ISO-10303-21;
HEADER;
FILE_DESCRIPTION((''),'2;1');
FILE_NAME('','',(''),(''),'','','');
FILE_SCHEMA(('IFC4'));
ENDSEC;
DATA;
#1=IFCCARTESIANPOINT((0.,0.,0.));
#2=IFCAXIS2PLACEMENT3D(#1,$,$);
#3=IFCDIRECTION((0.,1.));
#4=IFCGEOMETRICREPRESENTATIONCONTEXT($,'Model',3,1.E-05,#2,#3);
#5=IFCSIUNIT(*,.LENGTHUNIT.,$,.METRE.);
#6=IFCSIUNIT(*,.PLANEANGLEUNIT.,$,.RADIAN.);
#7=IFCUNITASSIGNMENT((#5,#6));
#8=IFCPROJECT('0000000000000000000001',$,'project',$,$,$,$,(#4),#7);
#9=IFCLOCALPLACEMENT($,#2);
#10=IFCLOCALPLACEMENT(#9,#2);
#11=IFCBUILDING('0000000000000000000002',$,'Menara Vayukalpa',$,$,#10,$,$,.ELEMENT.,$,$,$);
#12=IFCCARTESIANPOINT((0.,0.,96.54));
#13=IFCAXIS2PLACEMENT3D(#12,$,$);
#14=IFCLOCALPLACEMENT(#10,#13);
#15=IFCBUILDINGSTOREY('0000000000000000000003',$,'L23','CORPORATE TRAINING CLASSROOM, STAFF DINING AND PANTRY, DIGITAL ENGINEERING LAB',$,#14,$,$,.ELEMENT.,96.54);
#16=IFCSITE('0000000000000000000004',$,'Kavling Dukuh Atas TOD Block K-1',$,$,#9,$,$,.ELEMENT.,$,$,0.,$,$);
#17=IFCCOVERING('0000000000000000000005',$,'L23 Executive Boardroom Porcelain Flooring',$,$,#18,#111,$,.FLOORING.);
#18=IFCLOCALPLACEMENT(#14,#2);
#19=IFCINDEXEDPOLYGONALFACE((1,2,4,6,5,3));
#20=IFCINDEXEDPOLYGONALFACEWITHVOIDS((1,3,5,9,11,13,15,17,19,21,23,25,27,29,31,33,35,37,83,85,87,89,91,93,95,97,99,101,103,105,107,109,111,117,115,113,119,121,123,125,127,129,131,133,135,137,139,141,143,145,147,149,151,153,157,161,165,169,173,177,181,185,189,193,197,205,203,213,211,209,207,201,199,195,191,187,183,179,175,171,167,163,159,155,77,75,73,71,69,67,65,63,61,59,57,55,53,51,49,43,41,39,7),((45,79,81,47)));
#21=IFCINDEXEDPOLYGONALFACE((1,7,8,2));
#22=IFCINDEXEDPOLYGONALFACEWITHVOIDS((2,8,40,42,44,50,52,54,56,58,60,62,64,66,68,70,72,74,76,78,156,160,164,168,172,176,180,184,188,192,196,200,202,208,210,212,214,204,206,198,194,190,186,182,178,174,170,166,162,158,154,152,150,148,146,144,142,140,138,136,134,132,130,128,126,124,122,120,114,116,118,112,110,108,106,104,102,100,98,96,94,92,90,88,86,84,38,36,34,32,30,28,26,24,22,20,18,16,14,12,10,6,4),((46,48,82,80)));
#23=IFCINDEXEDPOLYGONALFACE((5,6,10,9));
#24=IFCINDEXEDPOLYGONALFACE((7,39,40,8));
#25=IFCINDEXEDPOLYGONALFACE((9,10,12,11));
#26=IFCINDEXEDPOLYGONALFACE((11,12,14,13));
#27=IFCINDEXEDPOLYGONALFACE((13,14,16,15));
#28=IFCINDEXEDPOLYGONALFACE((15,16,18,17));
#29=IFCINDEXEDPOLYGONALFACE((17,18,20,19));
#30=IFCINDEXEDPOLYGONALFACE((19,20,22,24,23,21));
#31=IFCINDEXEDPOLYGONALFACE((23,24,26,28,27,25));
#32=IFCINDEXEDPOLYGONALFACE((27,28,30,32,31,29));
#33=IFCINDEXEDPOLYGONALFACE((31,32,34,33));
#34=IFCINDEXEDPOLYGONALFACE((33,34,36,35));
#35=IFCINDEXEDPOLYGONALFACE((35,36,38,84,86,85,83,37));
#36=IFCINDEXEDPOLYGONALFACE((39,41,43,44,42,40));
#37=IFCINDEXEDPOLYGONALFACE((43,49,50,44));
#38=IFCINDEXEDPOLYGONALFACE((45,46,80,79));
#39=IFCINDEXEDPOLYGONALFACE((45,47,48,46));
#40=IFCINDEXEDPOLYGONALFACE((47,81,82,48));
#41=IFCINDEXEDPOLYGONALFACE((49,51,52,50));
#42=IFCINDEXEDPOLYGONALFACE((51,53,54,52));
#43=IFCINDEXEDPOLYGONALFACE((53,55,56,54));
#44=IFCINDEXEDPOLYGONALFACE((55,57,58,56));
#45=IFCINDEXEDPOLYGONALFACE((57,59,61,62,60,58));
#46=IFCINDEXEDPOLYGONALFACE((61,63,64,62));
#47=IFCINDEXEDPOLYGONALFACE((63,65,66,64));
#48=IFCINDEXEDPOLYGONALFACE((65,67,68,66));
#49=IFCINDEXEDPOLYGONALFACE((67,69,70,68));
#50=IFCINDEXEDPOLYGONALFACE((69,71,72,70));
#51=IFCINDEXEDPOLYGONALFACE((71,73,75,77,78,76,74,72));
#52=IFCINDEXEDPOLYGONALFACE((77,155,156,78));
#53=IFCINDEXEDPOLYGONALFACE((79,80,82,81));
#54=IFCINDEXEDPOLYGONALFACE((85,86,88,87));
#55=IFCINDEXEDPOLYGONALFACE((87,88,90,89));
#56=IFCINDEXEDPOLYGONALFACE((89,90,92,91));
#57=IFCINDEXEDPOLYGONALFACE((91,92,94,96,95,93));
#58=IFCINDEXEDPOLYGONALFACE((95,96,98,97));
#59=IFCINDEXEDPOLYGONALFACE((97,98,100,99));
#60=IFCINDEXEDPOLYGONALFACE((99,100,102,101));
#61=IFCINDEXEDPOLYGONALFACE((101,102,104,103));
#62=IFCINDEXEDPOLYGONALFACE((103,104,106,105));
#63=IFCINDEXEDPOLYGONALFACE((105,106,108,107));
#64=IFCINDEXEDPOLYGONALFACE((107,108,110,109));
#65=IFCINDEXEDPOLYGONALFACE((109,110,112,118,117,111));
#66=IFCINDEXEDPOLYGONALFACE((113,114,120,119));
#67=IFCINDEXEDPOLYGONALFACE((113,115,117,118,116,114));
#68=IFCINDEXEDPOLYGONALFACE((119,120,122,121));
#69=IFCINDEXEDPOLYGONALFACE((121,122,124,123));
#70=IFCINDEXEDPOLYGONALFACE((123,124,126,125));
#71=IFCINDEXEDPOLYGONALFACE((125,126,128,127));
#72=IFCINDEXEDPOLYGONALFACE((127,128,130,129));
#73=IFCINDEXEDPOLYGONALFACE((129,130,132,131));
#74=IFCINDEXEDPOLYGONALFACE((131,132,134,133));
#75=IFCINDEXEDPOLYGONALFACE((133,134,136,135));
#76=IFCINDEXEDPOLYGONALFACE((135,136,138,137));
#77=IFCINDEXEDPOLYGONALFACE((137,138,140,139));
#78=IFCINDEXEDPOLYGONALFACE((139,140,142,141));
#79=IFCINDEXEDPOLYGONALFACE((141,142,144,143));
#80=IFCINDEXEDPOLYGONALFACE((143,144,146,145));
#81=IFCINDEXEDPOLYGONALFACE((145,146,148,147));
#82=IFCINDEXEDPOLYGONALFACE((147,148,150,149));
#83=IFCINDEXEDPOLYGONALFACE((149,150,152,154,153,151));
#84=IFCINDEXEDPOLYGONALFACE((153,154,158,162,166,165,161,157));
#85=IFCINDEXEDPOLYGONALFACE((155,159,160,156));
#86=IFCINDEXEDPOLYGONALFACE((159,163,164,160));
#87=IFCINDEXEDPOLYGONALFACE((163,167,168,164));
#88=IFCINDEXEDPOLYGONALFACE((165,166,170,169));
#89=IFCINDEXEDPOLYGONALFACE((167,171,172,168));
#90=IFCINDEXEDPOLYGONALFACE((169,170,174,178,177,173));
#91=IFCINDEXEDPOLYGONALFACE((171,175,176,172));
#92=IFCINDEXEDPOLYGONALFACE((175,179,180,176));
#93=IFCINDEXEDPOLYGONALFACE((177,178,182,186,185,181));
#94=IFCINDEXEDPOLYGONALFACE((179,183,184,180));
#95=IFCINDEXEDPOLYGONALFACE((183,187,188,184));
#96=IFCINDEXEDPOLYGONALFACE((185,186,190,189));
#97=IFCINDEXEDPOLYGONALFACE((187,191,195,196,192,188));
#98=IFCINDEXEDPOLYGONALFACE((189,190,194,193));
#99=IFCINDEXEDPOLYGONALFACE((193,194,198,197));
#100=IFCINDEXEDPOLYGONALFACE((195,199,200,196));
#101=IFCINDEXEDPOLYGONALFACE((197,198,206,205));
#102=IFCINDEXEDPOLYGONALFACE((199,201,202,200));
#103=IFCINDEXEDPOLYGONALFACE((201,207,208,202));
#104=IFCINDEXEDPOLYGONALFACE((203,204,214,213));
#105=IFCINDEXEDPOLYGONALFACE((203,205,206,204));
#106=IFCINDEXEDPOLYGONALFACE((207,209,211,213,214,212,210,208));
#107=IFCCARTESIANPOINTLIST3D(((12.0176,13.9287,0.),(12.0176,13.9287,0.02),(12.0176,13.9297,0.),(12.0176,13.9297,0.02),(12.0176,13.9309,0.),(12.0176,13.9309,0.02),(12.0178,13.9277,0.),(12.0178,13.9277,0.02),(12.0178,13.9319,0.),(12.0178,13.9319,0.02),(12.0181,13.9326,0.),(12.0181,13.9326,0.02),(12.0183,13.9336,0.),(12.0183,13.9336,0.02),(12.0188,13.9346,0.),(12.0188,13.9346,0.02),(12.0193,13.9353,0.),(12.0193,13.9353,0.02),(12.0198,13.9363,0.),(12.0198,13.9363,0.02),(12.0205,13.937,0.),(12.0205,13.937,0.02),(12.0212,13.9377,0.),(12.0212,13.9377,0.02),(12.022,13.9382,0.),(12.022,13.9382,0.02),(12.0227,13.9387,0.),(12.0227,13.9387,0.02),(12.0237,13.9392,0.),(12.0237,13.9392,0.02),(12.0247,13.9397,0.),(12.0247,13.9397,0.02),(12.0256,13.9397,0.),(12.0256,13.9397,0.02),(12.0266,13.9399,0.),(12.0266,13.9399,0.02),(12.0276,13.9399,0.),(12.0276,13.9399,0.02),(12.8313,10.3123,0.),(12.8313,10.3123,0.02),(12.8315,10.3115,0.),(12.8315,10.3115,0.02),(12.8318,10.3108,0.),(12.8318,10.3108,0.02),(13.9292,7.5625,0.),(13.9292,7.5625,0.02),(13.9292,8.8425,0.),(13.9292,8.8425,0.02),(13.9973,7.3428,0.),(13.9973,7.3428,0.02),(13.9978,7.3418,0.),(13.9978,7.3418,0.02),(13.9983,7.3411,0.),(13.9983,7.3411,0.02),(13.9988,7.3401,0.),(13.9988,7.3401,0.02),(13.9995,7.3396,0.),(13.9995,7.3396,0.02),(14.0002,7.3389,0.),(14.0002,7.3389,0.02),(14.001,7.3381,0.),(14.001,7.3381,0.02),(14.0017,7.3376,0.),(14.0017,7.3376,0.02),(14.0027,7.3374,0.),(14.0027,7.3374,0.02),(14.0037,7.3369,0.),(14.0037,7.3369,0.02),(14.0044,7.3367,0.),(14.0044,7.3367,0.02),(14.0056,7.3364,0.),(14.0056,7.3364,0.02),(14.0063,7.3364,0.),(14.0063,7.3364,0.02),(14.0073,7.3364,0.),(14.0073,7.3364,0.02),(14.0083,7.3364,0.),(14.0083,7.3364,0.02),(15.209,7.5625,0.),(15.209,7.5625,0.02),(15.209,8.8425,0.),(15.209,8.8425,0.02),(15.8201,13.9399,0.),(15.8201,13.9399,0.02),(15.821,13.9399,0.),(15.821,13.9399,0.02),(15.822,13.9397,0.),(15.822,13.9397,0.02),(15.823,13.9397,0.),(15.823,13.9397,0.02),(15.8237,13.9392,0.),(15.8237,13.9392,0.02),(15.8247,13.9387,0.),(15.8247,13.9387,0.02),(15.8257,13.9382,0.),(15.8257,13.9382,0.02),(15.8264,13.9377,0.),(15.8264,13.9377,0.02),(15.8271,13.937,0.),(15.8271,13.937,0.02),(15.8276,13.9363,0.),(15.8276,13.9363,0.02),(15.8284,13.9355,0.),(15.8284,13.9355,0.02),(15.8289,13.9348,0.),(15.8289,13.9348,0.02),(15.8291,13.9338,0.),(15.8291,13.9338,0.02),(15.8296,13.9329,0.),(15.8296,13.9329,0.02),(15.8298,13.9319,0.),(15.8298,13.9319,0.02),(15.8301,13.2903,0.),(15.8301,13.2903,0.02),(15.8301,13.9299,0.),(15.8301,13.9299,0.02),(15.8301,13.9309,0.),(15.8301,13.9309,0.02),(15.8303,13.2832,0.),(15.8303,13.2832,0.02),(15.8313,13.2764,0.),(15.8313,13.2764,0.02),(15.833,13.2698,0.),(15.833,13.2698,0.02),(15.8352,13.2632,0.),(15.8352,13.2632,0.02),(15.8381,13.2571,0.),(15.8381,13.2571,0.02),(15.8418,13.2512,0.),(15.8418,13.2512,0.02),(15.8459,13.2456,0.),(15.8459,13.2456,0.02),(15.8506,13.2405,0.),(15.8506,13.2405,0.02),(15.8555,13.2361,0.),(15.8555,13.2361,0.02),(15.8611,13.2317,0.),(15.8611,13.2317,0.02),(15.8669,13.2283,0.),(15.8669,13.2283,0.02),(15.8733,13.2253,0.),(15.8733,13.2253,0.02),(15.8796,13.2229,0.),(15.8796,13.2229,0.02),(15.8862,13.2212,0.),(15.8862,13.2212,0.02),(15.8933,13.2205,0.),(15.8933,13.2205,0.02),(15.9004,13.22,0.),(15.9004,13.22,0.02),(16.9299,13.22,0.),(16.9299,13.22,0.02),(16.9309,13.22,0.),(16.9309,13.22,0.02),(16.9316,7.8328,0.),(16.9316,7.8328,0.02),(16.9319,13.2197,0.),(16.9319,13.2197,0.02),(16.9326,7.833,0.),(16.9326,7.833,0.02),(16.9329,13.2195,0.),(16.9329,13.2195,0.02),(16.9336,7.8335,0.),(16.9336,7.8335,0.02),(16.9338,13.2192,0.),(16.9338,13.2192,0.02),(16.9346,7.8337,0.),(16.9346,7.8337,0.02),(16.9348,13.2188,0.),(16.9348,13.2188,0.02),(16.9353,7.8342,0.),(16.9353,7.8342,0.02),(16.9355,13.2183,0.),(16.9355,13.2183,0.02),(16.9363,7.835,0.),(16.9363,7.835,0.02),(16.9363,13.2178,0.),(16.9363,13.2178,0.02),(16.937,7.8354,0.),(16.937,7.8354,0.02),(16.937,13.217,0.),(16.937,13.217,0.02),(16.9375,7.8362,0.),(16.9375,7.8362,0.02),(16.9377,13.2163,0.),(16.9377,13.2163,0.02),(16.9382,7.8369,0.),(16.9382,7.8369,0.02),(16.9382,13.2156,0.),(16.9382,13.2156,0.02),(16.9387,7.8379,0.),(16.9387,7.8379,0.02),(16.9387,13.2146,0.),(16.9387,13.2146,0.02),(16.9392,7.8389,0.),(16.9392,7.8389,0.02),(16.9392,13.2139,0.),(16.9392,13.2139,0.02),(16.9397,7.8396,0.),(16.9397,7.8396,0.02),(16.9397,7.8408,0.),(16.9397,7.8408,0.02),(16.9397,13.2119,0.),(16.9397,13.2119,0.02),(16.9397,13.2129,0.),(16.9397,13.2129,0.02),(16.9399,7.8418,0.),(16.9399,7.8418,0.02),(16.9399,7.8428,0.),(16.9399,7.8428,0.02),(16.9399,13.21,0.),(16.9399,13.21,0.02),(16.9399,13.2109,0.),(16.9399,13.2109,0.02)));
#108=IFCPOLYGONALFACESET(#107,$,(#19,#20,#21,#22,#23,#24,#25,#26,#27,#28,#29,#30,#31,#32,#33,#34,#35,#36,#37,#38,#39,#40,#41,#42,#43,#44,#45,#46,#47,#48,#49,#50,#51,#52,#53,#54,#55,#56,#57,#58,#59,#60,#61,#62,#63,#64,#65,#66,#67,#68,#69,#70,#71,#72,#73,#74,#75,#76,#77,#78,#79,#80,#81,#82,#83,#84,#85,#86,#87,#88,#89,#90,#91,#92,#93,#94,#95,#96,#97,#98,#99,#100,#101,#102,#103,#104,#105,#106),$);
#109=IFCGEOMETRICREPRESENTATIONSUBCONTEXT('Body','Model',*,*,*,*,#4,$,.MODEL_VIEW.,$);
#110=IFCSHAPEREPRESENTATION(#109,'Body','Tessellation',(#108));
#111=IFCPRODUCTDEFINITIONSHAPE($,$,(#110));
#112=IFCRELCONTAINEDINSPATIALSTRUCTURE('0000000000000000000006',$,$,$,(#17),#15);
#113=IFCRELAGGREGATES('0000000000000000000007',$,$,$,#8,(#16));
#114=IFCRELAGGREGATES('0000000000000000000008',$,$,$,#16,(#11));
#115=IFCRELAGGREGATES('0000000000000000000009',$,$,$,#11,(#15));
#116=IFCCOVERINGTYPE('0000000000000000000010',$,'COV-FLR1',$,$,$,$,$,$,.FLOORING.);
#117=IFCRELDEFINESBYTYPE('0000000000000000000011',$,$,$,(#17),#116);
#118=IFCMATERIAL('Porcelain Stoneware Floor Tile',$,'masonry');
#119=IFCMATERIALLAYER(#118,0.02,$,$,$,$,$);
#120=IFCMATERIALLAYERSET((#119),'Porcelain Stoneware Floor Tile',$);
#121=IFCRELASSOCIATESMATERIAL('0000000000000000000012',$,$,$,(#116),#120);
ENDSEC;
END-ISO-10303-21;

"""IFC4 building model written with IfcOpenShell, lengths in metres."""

from ifc_helpers import new_model, si_unit, direction, frame, origin, place, context, subcontext, project, spatial, polyline, outline, extrude, material, layer, layer_set, type_object, element, save


model = new_model("IFC4")

# Units and contexts
model_context = context("Model", 3, precision=1e-05, world=origin(), true_north=direction((0.0, 1.0)))
body_context = subcontext(model_context, "Body", "Model", "MODEL_VIEW")
ifc_project = project(units=[si_unit("LENGTHUNIT", "METRE"), si_unit("PLANEANGLEUNIT", "RADIAN")], contexts=[model_context])

# Site, building, storey
site_placement = place(None, origin())
site = spatial("IfcSite", under=ifc_project, at=site_placement, Name="Kavling Dukuh Atas TOD Block K-1", CompositionType="ELEMENT", RefElevation=0.0)
building_placement = place(site_placement, origin())
building = spatial("IfcBuilding", under=site, at=building_placement, Name="Menara Vayukalpa", CompositionType="ELEMENT")
storey_placement = place(building_placement, frame((0.0, 0.0, 96.54)))
storey = spatial("IfcBuildingStorey", under=building, at=storey_placement, Name="L23", Description="CORPORATE TRAINING CLASSROOM, STAFF DINING AND PANTRY, DIGITAL ENGINEERING LAB", CompositionType="ELEMENT", Elevation=96.54)

# Covering
ifc_material_1 = material(Name="Porcelain Stoneware Floor Tile", Category="masonry")
ifc_layer_1 = layer(ifc_material_1, 0.02)
ifc_layer_set_1 = layer_set([ifc_layer_1], Name="Porcelain Stoneware Floor Tile")
covering_type_1 = type_object("IfcCoveringType", Name="COV-FLR1", PredefinedType="FLOORING", material=ifc_layer_set_1)
covering_1_placement = place(storey_placement, origin())
element("IfcCovering", 1, at=covering_1_placement, inside=storey, type_object=covering_type_1, Name="L23 Executive Boardroom Porcelain Flooring", PredefinedType="FLOORING", context=body_context, shape_type="SweptSolid", body=[
    extrude(outline(polyline([(14.0063, 7.3364), (14.0056, 7.3364), (14.0044, 7.3367), (14.0037, 7.3369), (14.0027, 7.3374), (14.0017, 7.3376), (14.001, 7.3381), (14.0002, 7.3389), (13.9995, 7.3396), (13.9988, 7.3401), (13.9983, 7.3411), (13.9978, 7.3418), (13.9973, 7.3428), (12.8318, 10.3108), (12.8315, 10.3115), (12.8313, 10.3123), (12.0178, 13.9277), (12.0176, 13.9287), (12.0176, 13.9297), (12.0176, 13.9309), (12.0178, 13.9319), (12.0181, 13.9326), (12.0183, 13.9336), (12.0188, 13.9346), (12.0193, 13.9353), (12.0198, 13.9363), (12.0205, 13.937), (12.0212, 13.9377), (12.022, 13.9382), (12.0227, 13.9387), (12.0237, 13.9392), (12.0247, 13.9397), (12.0256, 13.9397), (12.0266, 13.9399), (12.0276, 13.9399), (15.8201, 13.9399), (15.821, 13.9399), (15.822, 13.9397), (15.823, 13.9397), (15.8237, 13.9392), (15.8247, 13.9387), (15.8257, 13.9382), (15.8264, 13.9377), (15.8271, 13.937), (15.8276, 13.9363), (15.8284, 13.9355), (15.8289, 13.9348), (15.8291, 13.9338), (15.8296, 13.9329), (15.8298, 13.9319), (15.8301, 13.9309), (15.8301, 13.9299), (15.8301, 13.2903), (15.8303, 13.2832), (15.8313, 13.2764), (15.833, 13.2698), (15.8352, 13.2632), (15.8381, 13.2571), (15.8418, 13.2512), (15.8459, 13.2456), (15.8506, 13.2405), (15.8555, 13.2361), (15.8611, 13.2317), (15.8669, 13.2283), (15.8733, 13.2253), (15.8796, 13.2229), (15.8862, 13.2212), (15.8933, 13.2205), (15.9004, 13.22), (16.9299, 13.22), (16.9309, 13.22), (16.9319, 13.2197), (16.9329, 13.2195), (16.9338, 13.2192), (16.9348, 13.2188), (16.9355, 13.2183), (16.9363, 13.2178), (16.937, 13.217), (16.9377, 13.2163), (16.9382, 13.2156), (16.9387, 13.2146), (16.9392, 13.2139), (16.9397, 13.2129), (16.9397, 13.2119), (16.9399, 13.2109), (16.9399, 13.21), (16.9399, 7.8428), (16.9399, 7.8418), (16.9397, 7.8408), (16.9397, 7.8396), (16.9392, 7.8389), (16.9387, 7.8379), (16.9382, 7.8369), (16.9375, 7.8362), (16.937, 7.8354), (16.9363, 7.835), (16.9353, 7.8342), (16.9346, 7.8337), (16.9336, 7.8335), (16.9326, 7.833), (16.9316, 7.8328), (14.0083, 7.3364), (14.0073, 7.3364), (14.0063, 7.3364)]), holes=[polyline([(15.209, 8.8425), (13.9292, 8.8425), (13.9292, 7.5625), (15.209, 7.5625), (15.209, 8.8425)])]), origin(), (0.0, 0.0, 1.0), 0.02),
])

save(model, "model.ifc")
